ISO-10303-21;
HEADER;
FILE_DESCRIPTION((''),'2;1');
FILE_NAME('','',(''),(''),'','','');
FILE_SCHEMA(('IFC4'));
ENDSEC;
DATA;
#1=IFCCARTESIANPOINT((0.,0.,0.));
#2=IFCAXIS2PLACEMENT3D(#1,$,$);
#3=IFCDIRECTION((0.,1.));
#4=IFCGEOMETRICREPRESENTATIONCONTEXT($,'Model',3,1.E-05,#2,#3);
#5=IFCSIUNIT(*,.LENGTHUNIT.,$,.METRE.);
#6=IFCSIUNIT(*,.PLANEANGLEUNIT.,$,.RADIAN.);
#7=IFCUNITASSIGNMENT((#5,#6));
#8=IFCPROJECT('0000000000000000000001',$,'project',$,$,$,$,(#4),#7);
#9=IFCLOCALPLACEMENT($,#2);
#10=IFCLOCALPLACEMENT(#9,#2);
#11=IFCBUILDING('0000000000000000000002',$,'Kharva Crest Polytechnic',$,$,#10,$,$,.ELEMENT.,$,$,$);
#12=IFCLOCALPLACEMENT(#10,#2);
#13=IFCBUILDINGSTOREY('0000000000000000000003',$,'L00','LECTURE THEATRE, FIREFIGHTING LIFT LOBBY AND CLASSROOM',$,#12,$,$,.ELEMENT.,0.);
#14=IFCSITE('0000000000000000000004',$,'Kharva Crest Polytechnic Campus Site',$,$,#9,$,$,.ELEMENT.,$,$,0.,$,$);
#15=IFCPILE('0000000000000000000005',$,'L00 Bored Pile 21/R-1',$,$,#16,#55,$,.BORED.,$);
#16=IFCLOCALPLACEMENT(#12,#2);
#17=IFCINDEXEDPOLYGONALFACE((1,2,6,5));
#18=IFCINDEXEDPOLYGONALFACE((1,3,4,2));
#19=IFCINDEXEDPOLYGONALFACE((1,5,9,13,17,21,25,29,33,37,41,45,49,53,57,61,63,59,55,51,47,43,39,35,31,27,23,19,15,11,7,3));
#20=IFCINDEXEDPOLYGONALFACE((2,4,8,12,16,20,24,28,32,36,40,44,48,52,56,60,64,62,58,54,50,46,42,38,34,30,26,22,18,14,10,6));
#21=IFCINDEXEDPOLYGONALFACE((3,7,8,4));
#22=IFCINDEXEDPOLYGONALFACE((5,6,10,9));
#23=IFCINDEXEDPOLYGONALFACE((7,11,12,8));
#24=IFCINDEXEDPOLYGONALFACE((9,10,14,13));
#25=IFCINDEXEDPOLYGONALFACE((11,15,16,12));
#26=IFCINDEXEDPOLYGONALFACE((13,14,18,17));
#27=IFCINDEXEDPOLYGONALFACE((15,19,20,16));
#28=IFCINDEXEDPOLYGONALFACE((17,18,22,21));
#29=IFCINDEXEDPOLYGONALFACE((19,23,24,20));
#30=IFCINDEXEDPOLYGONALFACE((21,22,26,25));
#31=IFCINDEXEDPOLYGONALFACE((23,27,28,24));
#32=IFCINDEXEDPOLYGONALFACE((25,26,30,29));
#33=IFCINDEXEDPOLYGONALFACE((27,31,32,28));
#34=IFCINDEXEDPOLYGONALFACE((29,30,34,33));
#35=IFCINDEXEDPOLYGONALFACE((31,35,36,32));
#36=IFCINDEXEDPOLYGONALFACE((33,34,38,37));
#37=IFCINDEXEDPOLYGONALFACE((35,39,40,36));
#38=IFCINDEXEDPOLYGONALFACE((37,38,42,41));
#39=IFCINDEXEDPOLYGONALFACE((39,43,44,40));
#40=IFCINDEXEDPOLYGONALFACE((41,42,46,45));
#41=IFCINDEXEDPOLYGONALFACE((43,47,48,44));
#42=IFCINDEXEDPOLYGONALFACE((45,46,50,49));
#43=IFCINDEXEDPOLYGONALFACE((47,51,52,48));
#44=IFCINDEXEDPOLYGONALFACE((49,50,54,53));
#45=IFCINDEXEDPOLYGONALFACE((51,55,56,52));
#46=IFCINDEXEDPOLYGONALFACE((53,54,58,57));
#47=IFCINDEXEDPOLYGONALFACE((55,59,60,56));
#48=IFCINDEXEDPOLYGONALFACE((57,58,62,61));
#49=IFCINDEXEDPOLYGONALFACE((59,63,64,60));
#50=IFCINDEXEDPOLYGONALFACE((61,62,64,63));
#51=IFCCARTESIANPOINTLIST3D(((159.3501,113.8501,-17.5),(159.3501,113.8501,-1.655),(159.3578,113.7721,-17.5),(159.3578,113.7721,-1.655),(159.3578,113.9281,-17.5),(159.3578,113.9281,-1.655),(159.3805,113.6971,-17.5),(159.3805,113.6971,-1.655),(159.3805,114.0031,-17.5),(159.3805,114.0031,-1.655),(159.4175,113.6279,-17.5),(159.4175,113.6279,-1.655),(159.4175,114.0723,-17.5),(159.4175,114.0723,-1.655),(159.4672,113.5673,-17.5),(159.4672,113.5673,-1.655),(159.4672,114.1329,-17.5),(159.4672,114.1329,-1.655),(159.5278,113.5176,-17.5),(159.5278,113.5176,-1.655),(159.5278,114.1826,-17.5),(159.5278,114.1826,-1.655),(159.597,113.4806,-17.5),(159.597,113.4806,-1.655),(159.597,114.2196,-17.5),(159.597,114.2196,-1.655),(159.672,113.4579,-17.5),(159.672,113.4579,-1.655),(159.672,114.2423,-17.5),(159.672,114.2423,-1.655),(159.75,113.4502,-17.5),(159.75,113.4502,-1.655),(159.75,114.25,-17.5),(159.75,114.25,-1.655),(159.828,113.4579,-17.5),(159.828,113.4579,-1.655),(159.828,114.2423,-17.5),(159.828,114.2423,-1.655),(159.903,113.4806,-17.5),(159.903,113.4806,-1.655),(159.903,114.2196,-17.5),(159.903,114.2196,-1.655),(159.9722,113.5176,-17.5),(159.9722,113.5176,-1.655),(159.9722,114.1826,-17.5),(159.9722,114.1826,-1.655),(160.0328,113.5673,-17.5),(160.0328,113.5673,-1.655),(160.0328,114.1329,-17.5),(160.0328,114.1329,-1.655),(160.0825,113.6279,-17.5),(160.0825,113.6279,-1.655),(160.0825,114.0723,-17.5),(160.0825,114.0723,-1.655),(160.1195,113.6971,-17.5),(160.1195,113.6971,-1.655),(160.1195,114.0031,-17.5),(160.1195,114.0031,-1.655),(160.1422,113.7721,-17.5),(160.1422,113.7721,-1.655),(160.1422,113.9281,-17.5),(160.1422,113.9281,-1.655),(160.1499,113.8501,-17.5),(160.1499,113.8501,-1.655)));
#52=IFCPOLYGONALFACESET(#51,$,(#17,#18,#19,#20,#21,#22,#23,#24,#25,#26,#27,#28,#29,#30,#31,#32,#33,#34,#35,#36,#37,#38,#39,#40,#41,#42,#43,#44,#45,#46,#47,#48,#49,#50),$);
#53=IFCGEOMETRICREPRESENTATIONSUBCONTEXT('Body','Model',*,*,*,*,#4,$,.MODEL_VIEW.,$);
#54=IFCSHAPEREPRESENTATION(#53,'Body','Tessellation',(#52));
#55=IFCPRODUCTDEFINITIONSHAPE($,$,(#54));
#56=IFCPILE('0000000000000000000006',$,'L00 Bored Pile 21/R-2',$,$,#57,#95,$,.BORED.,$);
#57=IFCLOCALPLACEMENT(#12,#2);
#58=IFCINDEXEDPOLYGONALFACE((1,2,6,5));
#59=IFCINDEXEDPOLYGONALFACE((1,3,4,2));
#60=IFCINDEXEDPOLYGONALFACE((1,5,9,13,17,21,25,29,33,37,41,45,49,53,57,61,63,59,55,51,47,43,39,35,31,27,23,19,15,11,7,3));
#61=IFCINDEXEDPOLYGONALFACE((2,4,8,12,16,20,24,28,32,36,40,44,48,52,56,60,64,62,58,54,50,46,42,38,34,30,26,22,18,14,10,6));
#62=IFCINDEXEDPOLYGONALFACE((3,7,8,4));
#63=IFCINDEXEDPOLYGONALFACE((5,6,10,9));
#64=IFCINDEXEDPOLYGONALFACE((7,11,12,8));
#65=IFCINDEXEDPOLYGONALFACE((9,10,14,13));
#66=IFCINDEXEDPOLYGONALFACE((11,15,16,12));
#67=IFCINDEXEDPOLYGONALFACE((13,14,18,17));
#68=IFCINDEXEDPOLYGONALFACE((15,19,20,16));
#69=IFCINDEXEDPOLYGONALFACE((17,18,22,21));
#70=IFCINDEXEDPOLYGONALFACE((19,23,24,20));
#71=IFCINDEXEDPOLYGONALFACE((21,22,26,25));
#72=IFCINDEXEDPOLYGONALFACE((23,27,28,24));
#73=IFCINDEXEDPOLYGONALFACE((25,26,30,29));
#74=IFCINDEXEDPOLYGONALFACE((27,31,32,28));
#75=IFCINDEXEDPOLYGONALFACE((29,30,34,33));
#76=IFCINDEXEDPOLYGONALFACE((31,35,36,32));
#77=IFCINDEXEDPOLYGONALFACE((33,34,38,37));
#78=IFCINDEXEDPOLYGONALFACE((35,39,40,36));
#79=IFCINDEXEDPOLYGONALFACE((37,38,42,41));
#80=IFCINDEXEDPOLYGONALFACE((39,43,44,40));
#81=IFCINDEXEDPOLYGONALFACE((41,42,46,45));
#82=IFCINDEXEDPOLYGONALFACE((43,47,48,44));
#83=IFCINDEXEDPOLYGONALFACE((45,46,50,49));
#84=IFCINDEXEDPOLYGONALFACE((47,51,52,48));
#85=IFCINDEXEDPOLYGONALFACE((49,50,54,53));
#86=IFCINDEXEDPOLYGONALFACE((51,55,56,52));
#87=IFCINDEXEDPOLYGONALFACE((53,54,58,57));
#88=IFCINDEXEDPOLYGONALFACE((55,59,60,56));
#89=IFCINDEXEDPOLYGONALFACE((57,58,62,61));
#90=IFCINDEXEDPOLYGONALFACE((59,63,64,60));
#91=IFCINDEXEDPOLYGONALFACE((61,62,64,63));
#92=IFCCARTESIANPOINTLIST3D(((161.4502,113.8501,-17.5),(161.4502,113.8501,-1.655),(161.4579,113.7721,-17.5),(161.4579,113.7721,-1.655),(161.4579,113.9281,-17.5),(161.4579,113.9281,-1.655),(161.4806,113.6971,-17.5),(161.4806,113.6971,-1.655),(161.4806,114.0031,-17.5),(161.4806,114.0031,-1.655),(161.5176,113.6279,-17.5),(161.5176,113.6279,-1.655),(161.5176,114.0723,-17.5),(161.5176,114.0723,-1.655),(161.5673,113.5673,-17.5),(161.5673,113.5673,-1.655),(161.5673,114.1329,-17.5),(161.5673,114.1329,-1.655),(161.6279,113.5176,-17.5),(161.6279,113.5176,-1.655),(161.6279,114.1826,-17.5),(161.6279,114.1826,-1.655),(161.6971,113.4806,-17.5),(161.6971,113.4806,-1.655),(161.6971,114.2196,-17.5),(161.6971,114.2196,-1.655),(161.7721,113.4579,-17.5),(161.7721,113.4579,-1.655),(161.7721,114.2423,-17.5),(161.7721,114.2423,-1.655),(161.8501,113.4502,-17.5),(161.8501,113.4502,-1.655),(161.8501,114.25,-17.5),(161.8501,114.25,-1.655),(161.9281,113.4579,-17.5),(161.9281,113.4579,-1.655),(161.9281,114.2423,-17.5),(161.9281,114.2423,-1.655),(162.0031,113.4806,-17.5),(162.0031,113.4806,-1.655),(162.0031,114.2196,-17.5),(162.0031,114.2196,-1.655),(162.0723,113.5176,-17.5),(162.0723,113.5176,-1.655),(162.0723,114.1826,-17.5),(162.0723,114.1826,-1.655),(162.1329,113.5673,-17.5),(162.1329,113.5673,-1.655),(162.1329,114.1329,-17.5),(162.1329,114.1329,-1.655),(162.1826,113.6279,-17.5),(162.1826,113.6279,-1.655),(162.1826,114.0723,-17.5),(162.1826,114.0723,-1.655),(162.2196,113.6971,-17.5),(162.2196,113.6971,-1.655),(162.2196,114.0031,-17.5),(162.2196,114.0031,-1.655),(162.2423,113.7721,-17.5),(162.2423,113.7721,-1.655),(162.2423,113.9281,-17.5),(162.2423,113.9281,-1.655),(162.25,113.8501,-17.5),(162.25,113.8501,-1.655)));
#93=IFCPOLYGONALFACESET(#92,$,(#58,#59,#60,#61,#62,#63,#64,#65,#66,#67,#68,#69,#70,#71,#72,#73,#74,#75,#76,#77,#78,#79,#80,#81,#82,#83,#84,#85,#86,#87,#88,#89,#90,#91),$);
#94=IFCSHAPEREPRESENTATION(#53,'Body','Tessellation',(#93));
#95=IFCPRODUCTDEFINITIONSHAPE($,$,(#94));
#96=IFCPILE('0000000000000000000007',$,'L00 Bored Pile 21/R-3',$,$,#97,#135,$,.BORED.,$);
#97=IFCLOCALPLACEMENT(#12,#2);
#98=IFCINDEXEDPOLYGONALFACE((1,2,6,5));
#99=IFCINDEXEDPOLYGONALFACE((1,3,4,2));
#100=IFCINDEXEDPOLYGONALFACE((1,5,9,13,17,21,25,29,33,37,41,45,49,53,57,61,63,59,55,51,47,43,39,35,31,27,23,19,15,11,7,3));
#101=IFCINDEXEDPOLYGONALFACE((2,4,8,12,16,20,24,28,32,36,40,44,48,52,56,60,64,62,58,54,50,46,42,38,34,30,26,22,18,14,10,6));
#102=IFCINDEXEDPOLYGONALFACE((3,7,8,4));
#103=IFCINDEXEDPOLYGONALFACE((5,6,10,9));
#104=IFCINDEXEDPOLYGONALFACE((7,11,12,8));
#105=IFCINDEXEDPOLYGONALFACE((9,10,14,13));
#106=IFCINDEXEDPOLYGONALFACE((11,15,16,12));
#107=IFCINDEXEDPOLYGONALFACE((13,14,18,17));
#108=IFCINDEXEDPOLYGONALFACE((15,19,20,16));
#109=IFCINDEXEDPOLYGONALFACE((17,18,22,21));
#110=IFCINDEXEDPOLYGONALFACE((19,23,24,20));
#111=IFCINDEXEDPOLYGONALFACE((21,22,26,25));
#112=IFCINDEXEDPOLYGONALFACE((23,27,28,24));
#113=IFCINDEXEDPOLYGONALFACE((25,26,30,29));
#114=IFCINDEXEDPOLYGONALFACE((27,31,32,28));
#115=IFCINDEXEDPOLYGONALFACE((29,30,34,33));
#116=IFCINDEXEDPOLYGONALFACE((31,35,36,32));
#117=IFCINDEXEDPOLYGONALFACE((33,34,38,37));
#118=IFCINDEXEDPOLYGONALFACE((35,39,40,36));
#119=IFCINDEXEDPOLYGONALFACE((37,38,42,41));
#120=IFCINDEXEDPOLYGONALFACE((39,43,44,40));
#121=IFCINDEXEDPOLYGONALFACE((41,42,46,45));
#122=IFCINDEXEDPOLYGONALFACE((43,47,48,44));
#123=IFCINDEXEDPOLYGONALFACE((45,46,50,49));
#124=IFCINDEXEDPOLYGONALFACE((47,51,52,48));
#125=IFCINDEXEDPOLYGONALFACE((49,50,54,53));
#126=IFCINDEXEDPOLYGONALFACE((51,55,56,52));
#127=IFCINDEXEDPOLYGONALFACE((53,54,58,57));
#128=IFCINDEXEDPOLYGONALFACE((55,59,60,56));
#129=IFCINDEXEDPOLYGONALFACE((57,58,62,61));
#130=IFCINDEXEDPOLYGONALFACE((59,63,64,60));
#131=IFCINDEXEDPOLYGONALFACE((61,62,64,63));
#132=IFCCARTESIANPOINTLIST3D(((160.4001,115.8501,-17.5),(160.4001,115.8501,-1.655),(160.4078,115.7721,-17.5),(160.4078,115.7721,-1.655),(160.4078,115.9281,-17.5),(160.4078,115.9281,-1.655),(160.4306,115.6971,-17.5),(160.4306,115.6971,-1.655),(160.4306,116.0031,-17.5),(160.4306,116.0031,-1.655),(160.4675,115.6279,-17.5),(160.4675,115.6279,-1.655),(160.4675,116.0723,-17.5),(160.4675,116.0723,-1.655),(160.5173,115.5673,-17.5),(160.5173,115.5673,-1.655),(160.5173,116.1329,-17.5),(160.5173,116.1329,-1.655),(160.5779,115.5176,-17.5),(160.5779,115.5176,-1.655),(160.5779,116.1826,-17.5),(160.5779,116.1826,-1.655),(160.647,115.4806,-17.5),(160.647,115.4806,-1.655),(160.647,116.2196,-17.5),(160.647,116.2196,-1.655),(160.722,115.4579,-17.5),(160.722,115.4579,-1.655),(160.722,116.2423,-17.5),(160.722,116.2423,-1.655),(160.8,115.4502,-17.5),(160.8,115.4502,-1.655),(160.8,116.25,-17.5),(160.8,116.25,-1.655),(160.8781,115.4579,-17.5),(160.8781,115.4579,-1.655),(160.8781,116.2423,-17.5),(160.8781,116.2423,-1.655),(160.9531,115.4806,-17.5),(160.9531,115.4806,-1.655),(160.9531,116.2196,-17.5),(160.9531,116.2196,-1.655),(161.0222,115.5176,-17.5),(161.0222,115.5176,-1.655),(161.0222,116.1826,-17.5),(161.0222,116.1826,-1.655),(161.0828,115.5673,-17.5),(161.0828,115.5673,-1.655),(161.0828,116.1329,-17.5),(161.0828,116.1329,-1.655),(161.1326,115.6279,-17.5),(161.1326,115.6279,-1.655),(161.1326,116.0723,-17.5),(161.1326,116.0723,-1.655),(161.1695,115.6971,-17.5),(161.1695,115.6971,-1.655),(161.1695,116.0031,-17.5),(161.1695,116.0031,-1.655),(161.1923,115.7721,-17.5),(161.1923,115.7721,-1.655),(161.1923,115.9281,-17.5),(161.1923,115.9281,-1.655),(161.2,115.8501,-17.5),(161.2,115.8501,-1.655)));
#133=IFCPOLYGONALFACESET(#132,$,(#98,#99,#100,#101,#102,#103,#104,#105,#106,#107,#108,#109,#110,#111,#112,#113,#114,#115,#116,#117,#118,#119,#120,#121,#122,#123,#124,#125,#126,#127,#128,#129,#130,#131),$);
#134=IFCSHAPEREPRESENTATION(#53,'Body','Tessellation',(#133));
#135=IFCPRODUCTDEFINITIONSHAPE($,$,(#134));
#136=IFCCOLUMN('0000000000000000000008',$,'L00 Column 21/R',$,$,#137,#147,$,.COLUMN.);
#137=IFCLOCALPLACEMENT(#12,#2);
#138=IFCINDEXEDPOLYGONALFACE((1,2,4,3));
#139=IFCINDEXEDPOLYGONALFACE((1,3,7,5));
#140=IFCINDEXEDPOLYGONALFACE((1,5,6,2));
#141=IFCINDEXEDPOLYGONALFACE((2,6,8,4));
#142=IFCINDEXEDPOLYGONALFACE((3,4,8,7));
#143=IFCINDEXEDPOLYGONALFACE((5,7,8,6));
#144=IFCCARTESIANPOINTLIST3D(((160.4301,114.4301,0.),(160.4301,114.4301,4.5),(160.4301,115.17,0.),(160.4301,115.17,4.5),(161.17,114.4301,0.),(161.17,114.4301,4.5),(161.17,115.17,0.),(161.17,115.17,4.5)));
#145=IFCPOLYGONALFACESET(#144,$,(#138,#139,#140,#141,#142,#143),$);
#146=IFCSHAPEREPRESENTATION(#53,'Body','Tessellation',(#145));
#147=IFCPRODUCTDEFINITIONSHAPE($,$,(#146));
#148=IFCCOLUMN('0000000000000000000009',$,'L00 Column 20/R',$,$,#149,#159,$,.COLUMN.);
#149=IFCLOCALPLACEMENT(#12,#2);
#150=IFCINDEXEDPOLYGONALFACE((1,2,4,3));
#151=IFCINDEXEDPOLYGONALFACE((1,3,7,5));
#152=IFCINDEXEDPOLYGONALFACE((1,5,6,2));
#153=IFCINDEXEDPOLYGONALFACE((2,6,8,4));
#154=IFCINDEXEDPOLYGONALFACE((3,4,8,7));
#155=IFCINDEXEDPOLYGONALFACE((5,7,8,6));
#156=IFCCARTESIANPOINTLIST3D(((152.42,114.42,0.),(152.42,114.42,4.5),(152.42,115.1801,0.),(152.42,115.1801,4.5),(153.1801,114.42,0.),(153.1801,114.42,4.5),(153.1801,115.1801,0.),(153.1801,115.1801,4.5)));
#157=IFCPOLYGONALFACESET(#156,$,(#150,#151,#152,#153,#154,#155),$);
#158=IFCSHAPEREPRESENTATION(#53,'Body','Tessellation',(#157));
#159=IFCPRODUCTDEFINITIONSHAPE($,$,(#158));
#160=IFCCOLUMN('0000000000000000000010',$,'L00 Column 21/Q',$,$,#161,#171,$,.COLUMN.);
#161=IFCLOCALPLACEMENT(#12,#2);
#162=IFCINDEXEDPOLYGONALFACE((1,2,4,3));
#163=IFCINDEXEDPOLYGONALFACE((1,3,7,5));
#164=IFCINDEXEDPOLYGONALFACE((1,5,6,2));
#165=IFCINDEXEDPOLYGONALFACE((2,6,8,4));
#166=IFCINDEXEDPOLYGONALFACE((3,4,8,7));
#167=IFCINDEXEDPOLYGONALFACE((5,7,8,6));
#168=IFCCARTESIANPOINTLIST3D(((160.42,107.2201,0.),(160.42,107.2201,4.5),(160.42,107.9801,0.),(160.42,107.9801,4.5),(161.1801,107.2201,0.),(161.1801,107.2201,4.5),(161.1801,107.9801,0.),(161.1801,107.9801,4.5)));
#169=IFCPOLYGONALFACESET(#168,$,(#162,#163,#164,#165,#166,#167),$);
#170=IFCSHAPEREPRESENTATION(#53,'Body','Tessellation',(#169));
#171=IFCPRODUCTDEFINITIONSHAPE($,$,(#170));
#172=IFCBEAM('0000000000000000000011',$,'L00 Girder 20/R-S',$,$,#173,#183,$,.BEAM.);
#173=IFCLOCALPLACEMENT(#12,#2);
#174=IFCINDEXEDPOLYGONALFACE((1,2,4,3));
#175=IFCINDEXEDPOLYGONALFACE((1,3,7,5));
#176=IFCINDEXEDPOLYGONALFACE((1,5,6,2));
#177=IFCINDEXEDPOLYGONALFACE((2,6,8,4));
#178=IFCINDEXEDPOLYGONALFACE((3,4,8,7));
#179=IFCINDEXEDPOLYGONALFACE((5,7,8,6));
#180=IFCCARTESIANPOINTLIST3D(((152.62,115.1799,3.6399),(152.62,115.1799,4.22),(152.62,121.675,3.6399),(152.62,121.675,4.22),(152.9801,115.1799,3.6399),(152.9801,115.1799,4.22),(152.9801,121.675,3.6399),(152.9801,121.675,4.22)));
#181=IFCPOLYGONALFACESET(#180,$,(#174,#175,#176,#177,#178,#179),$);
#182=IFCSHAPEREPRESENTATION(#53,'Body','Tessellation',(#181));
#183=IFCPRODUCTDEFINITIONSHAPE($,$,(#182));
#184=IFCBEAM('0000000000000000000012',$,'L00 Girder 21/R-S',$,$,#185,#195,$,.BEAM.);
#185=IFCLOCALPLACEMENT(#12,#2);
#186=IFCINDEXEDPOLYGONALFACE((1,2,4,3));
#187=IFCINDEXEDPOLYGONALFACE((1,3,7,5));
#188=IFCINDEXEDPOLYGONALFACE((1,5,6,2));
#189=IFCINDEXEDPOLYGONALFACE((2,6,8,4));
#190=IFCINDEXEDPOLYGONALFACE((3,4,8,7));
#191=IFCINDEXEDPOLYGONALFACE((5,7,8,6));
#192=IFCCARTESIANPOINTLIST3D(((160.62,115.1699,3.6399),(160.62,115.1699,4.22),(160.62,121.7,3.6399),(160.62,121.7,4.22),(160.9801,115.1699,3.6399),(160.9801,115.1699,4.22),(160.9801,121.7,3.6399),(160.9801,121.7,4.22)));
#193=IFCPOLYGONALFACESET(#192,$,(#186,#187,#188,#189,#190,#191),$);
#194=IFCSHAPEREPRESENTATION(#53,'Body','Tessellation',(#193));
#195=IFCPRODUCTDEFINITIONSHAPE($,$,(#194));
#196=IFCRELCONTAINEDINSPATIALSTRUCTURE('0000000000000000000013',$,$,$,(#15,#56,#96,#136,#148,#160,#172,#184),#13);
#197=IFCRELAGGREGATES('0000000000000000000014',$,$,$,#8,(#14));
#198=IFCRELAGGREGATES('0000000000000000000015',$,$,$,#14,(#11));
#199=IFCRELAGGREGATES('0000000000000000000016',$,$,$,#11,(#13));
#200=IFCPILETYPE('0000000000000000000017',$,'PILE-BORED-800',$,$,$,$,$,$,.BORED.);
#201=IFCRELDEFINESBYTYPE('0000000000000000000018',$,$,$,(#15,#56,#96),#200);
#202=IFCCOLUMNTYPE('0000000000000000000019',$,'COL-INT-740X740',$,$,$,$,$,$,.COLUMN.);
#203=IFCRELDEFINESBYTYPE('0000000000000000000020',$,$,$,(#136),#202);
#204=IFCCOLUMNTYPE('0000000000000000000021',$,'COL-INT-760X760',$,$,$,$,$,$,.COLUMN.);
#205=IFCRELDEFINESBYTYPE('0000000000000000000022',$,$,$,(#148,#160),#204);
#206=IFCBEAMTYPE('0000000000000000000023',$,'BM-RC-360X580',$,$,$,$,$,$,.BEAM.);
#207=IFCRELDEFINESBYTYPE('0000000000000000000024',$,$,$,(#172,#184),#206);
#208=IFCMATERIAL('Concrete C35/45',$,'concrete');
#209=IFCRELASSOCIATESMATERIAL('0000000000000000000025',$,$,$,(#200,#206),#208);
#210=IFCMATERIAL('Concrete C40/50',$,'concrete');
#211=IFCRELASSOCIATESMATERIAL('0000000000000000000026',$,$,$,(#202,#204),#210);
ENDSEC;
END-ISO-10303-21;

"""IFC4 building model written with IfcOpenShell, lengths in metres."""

from ifc_helpers import new_model, si_unit, direction, frame, origin, origin_2d, place, context, subcontext, project, spatial, rectangle, circle, extrude, material, material_profile, profile_set, type_object, element, save


model = new_model("IFC4")

# Units and contexts
model_context = context("Model", 3, precision=1e-05, world=origin(), true_north=direction((0.0, 1.0)))
body_context = subcontext(model_context, "Body", "Model", "MODEL_VIEW")
ifc_project = project(units=[si_unit("LENGTHUNIT", "METRE"), si_unit("PLANEANGLEUNIT", "RADIAN")], contexts=[model_context])

# Site, building, storey
site_placement = place(None, origin())
site = spatial("IfcSite", under=ifc_project, at=site_placement, Name="Kharva Crest Polytechnic Campus Site", CompositionType="ELEMENT", RefElevation=0.0)
building_placement = place(site_placement, origin())
building = spatial("IfcBuilding", under=site, at=building_placement, Name="Kharva Crest Polytechnic", CompositionType="ELEMENT")
storey_placement = place(building_placement, origin())
storey = spatial("IfcBuildingStorey", under=building, at=storey_placement, Name="L00", Description="LECTURE THEATRE, FIREFIGHTING LIFT LOBBY AND CLASSROOM", CompositionType="ELEMENT", Elevation=0.0)

# Shared definitions
ifc_material_1 = material(Name="Concrete C35/45", Category="concrete")

# Piles
ifc_material_profile_1 = material_profile(ifc_material_1, circle(Radius=0.3999, at=origin_2d()), Name="DIA 800")
ifc_profile_set_1 = profile_set([ifc_material_profile_1], Name="Concrete C35/45")
pile_type = type_object("IfcPileType", Name="PILE-BORED-800", PredefinedType="BORED", material=ifc_profile_set_1)
for number, where, z_axis, x_axis, name in (
    (1, (159.75, 113.8501, -1.655), (0.0, 0.0, -1.0), (1.0, 0.0, 0.0), "L00 Bored Pile 21/R-1"),
    (2, (161.8501, 113.8501, -1.655), (0.0, 0.0, -1.0), (1.0, 0.0, 0.0), "L00 Bored Pile 21/R-2"),
    (3, (160.8, 115.8501, -1.655), (0.0, 0.0, -1.0), (1.0, 0.0, 0.0), "L00 Bored Pile 21/R-3"),
):
    element("IfcPile", number, at=place(storey_placement, frame(where, z_axis=z_axis, x_axis=x_axis)), inside=storey, type_object=pile_type, Name=name, PredefinedType="BORED", context=body_context, shape_type="SweptSolid", body=[
        extrude(circle(Radius=0.3999, at=origin_2d()), origin(), (0.0, 0.0, 1.0), 15.845),
    ])

# Columns
ifc_material_2 = material(Name="Concrete C40/50", Category="concrete")
ifc_material_profile_2 = material_profile(ifc_material_2, rectangle(XDim=0.74, YDim=0.74, at=origin_2d()), Name="RECT 740 X 740")
ifc_profile_set_2 = profile_set([ifc_material_profile_2], Name="Concrete C40/50")
column_type_1 = type_object("IfcColumnType", Name="COL-INT-740X740", PredefinedType="COLUMN", material=ifc_profile_set_2)
column_placement = place(storey_placement, frame((160.8, 114.8, 0.0), z_axis=(0.0, 0.0, 1.0), x_axis=(1.0, 0.0, 0.0)))
element("IfcColumn", 4, at=column_placement, inside=storey, type_object=column_type_1, Name="L00 Column 21/R", PredefinedType="COLUMN", context=body_context, shape_type="SweptSolid", body=[
    extrude(rectangle(XDim=0.74, YDim=0.74, at=origin_2d()), origin(), (0.0, 0.0, 1.0), 4.5),
])
ifc_material_profile_3 = material_profile(ifc_material_2, rectangle(XDim=0.76, YDim=0.76, at=origin_2d()), Name="RECT 760 X 760")
ifc_profile_set_3 = profile_set([ifc_material_profile_3], Name="Concrete C40/50")
column_type_2 = type_object("IfcColumnType", Name="COL-INT-760X760", PredefinedType="COLUMN", material=ifc_profile_set_3)
for number, where, z_axis, x_axis, name in (
    (5, (152.8, 114.8, 0.0), (0.0, 0.0, 1.0), (1.0, 0.0, 0.0), "L00 Column 20/R"),
    (6, (160.8, 107.6001, 0.0), (0.0, 0.0, 1.0), (1.0, 0.0, 0.0), "L00 Column 21/Q"),
):
    element("IfcColumn", number, at=place(storey_placement, frame(where, z_axis=z_axis, x_axis=x_axis)), inside=storey, type_object=column_type_2, Name=name, PredefinedType="COLUMN", context=body_context, shape_type="SweptSolid", body=[
        extrude(rectangle(XDim=0.76, YDim=0.76, at=origin_2d()), origin(), (0.0, 0.0, 1.0), 4.5),
    ])

# Beams
ifc_material_profile_4 = material_profile(ifc_material_1, rectangle(XDim=0.3601, YDim=0.5801, at=origin_2d()), Name="RECT 360 X 580")
ifc_profile_set_4 = profile_set([ifc_material_profile_4], Name="Concrete C35/45")
beam_type_1 = type_object("IfcBeamType", Name="BM-RC-360X580", PredefinedType="BEAM", material=ifc_profile_set_4)
beam_1_placement = place(storey_placement, frame((152.8, 115.1799, 3.9299), z_axis=(0.0, 1.0, 0.0), x_axis=(-1.0, 0.0, 0.0)))
element("IfcBeam", 7, at=beam_1_placement, inside=storey, type_object=beam_type_1, Name="L00 Girder 20/R-S", PredefinedType="BEAM", context=body_context, shape_type="SweptSolid", body=[
    extrude(rectangle(XDim=0.3601, YDim=0.5801, at=origin_2d()), origin(), (0.0, 0.0, 1.0), 6.4951),
])
beam_2_placement = place(storey_placement, frame((160.8, 115.1699, 3.9299), z_axis=(0.0, 1.0, 0.0), x_axis=(-1.0, 0.0, 0.0)))
element("IfcBeam", 8, at=beam_2_placement, inside=storey, type_object=beam_type_1, Name="L00 Girder 21/R-S", PredefinedType="BEAM", context=body_context, shape_type="SweptSolid", body=[
    extrude(rectangle(XDim=0.3601, YDim=0.5801, at=origin_2d()), origin(), (0.0, 0.0, 1.0), 6.53),
])

save(model, "model.ifc")
